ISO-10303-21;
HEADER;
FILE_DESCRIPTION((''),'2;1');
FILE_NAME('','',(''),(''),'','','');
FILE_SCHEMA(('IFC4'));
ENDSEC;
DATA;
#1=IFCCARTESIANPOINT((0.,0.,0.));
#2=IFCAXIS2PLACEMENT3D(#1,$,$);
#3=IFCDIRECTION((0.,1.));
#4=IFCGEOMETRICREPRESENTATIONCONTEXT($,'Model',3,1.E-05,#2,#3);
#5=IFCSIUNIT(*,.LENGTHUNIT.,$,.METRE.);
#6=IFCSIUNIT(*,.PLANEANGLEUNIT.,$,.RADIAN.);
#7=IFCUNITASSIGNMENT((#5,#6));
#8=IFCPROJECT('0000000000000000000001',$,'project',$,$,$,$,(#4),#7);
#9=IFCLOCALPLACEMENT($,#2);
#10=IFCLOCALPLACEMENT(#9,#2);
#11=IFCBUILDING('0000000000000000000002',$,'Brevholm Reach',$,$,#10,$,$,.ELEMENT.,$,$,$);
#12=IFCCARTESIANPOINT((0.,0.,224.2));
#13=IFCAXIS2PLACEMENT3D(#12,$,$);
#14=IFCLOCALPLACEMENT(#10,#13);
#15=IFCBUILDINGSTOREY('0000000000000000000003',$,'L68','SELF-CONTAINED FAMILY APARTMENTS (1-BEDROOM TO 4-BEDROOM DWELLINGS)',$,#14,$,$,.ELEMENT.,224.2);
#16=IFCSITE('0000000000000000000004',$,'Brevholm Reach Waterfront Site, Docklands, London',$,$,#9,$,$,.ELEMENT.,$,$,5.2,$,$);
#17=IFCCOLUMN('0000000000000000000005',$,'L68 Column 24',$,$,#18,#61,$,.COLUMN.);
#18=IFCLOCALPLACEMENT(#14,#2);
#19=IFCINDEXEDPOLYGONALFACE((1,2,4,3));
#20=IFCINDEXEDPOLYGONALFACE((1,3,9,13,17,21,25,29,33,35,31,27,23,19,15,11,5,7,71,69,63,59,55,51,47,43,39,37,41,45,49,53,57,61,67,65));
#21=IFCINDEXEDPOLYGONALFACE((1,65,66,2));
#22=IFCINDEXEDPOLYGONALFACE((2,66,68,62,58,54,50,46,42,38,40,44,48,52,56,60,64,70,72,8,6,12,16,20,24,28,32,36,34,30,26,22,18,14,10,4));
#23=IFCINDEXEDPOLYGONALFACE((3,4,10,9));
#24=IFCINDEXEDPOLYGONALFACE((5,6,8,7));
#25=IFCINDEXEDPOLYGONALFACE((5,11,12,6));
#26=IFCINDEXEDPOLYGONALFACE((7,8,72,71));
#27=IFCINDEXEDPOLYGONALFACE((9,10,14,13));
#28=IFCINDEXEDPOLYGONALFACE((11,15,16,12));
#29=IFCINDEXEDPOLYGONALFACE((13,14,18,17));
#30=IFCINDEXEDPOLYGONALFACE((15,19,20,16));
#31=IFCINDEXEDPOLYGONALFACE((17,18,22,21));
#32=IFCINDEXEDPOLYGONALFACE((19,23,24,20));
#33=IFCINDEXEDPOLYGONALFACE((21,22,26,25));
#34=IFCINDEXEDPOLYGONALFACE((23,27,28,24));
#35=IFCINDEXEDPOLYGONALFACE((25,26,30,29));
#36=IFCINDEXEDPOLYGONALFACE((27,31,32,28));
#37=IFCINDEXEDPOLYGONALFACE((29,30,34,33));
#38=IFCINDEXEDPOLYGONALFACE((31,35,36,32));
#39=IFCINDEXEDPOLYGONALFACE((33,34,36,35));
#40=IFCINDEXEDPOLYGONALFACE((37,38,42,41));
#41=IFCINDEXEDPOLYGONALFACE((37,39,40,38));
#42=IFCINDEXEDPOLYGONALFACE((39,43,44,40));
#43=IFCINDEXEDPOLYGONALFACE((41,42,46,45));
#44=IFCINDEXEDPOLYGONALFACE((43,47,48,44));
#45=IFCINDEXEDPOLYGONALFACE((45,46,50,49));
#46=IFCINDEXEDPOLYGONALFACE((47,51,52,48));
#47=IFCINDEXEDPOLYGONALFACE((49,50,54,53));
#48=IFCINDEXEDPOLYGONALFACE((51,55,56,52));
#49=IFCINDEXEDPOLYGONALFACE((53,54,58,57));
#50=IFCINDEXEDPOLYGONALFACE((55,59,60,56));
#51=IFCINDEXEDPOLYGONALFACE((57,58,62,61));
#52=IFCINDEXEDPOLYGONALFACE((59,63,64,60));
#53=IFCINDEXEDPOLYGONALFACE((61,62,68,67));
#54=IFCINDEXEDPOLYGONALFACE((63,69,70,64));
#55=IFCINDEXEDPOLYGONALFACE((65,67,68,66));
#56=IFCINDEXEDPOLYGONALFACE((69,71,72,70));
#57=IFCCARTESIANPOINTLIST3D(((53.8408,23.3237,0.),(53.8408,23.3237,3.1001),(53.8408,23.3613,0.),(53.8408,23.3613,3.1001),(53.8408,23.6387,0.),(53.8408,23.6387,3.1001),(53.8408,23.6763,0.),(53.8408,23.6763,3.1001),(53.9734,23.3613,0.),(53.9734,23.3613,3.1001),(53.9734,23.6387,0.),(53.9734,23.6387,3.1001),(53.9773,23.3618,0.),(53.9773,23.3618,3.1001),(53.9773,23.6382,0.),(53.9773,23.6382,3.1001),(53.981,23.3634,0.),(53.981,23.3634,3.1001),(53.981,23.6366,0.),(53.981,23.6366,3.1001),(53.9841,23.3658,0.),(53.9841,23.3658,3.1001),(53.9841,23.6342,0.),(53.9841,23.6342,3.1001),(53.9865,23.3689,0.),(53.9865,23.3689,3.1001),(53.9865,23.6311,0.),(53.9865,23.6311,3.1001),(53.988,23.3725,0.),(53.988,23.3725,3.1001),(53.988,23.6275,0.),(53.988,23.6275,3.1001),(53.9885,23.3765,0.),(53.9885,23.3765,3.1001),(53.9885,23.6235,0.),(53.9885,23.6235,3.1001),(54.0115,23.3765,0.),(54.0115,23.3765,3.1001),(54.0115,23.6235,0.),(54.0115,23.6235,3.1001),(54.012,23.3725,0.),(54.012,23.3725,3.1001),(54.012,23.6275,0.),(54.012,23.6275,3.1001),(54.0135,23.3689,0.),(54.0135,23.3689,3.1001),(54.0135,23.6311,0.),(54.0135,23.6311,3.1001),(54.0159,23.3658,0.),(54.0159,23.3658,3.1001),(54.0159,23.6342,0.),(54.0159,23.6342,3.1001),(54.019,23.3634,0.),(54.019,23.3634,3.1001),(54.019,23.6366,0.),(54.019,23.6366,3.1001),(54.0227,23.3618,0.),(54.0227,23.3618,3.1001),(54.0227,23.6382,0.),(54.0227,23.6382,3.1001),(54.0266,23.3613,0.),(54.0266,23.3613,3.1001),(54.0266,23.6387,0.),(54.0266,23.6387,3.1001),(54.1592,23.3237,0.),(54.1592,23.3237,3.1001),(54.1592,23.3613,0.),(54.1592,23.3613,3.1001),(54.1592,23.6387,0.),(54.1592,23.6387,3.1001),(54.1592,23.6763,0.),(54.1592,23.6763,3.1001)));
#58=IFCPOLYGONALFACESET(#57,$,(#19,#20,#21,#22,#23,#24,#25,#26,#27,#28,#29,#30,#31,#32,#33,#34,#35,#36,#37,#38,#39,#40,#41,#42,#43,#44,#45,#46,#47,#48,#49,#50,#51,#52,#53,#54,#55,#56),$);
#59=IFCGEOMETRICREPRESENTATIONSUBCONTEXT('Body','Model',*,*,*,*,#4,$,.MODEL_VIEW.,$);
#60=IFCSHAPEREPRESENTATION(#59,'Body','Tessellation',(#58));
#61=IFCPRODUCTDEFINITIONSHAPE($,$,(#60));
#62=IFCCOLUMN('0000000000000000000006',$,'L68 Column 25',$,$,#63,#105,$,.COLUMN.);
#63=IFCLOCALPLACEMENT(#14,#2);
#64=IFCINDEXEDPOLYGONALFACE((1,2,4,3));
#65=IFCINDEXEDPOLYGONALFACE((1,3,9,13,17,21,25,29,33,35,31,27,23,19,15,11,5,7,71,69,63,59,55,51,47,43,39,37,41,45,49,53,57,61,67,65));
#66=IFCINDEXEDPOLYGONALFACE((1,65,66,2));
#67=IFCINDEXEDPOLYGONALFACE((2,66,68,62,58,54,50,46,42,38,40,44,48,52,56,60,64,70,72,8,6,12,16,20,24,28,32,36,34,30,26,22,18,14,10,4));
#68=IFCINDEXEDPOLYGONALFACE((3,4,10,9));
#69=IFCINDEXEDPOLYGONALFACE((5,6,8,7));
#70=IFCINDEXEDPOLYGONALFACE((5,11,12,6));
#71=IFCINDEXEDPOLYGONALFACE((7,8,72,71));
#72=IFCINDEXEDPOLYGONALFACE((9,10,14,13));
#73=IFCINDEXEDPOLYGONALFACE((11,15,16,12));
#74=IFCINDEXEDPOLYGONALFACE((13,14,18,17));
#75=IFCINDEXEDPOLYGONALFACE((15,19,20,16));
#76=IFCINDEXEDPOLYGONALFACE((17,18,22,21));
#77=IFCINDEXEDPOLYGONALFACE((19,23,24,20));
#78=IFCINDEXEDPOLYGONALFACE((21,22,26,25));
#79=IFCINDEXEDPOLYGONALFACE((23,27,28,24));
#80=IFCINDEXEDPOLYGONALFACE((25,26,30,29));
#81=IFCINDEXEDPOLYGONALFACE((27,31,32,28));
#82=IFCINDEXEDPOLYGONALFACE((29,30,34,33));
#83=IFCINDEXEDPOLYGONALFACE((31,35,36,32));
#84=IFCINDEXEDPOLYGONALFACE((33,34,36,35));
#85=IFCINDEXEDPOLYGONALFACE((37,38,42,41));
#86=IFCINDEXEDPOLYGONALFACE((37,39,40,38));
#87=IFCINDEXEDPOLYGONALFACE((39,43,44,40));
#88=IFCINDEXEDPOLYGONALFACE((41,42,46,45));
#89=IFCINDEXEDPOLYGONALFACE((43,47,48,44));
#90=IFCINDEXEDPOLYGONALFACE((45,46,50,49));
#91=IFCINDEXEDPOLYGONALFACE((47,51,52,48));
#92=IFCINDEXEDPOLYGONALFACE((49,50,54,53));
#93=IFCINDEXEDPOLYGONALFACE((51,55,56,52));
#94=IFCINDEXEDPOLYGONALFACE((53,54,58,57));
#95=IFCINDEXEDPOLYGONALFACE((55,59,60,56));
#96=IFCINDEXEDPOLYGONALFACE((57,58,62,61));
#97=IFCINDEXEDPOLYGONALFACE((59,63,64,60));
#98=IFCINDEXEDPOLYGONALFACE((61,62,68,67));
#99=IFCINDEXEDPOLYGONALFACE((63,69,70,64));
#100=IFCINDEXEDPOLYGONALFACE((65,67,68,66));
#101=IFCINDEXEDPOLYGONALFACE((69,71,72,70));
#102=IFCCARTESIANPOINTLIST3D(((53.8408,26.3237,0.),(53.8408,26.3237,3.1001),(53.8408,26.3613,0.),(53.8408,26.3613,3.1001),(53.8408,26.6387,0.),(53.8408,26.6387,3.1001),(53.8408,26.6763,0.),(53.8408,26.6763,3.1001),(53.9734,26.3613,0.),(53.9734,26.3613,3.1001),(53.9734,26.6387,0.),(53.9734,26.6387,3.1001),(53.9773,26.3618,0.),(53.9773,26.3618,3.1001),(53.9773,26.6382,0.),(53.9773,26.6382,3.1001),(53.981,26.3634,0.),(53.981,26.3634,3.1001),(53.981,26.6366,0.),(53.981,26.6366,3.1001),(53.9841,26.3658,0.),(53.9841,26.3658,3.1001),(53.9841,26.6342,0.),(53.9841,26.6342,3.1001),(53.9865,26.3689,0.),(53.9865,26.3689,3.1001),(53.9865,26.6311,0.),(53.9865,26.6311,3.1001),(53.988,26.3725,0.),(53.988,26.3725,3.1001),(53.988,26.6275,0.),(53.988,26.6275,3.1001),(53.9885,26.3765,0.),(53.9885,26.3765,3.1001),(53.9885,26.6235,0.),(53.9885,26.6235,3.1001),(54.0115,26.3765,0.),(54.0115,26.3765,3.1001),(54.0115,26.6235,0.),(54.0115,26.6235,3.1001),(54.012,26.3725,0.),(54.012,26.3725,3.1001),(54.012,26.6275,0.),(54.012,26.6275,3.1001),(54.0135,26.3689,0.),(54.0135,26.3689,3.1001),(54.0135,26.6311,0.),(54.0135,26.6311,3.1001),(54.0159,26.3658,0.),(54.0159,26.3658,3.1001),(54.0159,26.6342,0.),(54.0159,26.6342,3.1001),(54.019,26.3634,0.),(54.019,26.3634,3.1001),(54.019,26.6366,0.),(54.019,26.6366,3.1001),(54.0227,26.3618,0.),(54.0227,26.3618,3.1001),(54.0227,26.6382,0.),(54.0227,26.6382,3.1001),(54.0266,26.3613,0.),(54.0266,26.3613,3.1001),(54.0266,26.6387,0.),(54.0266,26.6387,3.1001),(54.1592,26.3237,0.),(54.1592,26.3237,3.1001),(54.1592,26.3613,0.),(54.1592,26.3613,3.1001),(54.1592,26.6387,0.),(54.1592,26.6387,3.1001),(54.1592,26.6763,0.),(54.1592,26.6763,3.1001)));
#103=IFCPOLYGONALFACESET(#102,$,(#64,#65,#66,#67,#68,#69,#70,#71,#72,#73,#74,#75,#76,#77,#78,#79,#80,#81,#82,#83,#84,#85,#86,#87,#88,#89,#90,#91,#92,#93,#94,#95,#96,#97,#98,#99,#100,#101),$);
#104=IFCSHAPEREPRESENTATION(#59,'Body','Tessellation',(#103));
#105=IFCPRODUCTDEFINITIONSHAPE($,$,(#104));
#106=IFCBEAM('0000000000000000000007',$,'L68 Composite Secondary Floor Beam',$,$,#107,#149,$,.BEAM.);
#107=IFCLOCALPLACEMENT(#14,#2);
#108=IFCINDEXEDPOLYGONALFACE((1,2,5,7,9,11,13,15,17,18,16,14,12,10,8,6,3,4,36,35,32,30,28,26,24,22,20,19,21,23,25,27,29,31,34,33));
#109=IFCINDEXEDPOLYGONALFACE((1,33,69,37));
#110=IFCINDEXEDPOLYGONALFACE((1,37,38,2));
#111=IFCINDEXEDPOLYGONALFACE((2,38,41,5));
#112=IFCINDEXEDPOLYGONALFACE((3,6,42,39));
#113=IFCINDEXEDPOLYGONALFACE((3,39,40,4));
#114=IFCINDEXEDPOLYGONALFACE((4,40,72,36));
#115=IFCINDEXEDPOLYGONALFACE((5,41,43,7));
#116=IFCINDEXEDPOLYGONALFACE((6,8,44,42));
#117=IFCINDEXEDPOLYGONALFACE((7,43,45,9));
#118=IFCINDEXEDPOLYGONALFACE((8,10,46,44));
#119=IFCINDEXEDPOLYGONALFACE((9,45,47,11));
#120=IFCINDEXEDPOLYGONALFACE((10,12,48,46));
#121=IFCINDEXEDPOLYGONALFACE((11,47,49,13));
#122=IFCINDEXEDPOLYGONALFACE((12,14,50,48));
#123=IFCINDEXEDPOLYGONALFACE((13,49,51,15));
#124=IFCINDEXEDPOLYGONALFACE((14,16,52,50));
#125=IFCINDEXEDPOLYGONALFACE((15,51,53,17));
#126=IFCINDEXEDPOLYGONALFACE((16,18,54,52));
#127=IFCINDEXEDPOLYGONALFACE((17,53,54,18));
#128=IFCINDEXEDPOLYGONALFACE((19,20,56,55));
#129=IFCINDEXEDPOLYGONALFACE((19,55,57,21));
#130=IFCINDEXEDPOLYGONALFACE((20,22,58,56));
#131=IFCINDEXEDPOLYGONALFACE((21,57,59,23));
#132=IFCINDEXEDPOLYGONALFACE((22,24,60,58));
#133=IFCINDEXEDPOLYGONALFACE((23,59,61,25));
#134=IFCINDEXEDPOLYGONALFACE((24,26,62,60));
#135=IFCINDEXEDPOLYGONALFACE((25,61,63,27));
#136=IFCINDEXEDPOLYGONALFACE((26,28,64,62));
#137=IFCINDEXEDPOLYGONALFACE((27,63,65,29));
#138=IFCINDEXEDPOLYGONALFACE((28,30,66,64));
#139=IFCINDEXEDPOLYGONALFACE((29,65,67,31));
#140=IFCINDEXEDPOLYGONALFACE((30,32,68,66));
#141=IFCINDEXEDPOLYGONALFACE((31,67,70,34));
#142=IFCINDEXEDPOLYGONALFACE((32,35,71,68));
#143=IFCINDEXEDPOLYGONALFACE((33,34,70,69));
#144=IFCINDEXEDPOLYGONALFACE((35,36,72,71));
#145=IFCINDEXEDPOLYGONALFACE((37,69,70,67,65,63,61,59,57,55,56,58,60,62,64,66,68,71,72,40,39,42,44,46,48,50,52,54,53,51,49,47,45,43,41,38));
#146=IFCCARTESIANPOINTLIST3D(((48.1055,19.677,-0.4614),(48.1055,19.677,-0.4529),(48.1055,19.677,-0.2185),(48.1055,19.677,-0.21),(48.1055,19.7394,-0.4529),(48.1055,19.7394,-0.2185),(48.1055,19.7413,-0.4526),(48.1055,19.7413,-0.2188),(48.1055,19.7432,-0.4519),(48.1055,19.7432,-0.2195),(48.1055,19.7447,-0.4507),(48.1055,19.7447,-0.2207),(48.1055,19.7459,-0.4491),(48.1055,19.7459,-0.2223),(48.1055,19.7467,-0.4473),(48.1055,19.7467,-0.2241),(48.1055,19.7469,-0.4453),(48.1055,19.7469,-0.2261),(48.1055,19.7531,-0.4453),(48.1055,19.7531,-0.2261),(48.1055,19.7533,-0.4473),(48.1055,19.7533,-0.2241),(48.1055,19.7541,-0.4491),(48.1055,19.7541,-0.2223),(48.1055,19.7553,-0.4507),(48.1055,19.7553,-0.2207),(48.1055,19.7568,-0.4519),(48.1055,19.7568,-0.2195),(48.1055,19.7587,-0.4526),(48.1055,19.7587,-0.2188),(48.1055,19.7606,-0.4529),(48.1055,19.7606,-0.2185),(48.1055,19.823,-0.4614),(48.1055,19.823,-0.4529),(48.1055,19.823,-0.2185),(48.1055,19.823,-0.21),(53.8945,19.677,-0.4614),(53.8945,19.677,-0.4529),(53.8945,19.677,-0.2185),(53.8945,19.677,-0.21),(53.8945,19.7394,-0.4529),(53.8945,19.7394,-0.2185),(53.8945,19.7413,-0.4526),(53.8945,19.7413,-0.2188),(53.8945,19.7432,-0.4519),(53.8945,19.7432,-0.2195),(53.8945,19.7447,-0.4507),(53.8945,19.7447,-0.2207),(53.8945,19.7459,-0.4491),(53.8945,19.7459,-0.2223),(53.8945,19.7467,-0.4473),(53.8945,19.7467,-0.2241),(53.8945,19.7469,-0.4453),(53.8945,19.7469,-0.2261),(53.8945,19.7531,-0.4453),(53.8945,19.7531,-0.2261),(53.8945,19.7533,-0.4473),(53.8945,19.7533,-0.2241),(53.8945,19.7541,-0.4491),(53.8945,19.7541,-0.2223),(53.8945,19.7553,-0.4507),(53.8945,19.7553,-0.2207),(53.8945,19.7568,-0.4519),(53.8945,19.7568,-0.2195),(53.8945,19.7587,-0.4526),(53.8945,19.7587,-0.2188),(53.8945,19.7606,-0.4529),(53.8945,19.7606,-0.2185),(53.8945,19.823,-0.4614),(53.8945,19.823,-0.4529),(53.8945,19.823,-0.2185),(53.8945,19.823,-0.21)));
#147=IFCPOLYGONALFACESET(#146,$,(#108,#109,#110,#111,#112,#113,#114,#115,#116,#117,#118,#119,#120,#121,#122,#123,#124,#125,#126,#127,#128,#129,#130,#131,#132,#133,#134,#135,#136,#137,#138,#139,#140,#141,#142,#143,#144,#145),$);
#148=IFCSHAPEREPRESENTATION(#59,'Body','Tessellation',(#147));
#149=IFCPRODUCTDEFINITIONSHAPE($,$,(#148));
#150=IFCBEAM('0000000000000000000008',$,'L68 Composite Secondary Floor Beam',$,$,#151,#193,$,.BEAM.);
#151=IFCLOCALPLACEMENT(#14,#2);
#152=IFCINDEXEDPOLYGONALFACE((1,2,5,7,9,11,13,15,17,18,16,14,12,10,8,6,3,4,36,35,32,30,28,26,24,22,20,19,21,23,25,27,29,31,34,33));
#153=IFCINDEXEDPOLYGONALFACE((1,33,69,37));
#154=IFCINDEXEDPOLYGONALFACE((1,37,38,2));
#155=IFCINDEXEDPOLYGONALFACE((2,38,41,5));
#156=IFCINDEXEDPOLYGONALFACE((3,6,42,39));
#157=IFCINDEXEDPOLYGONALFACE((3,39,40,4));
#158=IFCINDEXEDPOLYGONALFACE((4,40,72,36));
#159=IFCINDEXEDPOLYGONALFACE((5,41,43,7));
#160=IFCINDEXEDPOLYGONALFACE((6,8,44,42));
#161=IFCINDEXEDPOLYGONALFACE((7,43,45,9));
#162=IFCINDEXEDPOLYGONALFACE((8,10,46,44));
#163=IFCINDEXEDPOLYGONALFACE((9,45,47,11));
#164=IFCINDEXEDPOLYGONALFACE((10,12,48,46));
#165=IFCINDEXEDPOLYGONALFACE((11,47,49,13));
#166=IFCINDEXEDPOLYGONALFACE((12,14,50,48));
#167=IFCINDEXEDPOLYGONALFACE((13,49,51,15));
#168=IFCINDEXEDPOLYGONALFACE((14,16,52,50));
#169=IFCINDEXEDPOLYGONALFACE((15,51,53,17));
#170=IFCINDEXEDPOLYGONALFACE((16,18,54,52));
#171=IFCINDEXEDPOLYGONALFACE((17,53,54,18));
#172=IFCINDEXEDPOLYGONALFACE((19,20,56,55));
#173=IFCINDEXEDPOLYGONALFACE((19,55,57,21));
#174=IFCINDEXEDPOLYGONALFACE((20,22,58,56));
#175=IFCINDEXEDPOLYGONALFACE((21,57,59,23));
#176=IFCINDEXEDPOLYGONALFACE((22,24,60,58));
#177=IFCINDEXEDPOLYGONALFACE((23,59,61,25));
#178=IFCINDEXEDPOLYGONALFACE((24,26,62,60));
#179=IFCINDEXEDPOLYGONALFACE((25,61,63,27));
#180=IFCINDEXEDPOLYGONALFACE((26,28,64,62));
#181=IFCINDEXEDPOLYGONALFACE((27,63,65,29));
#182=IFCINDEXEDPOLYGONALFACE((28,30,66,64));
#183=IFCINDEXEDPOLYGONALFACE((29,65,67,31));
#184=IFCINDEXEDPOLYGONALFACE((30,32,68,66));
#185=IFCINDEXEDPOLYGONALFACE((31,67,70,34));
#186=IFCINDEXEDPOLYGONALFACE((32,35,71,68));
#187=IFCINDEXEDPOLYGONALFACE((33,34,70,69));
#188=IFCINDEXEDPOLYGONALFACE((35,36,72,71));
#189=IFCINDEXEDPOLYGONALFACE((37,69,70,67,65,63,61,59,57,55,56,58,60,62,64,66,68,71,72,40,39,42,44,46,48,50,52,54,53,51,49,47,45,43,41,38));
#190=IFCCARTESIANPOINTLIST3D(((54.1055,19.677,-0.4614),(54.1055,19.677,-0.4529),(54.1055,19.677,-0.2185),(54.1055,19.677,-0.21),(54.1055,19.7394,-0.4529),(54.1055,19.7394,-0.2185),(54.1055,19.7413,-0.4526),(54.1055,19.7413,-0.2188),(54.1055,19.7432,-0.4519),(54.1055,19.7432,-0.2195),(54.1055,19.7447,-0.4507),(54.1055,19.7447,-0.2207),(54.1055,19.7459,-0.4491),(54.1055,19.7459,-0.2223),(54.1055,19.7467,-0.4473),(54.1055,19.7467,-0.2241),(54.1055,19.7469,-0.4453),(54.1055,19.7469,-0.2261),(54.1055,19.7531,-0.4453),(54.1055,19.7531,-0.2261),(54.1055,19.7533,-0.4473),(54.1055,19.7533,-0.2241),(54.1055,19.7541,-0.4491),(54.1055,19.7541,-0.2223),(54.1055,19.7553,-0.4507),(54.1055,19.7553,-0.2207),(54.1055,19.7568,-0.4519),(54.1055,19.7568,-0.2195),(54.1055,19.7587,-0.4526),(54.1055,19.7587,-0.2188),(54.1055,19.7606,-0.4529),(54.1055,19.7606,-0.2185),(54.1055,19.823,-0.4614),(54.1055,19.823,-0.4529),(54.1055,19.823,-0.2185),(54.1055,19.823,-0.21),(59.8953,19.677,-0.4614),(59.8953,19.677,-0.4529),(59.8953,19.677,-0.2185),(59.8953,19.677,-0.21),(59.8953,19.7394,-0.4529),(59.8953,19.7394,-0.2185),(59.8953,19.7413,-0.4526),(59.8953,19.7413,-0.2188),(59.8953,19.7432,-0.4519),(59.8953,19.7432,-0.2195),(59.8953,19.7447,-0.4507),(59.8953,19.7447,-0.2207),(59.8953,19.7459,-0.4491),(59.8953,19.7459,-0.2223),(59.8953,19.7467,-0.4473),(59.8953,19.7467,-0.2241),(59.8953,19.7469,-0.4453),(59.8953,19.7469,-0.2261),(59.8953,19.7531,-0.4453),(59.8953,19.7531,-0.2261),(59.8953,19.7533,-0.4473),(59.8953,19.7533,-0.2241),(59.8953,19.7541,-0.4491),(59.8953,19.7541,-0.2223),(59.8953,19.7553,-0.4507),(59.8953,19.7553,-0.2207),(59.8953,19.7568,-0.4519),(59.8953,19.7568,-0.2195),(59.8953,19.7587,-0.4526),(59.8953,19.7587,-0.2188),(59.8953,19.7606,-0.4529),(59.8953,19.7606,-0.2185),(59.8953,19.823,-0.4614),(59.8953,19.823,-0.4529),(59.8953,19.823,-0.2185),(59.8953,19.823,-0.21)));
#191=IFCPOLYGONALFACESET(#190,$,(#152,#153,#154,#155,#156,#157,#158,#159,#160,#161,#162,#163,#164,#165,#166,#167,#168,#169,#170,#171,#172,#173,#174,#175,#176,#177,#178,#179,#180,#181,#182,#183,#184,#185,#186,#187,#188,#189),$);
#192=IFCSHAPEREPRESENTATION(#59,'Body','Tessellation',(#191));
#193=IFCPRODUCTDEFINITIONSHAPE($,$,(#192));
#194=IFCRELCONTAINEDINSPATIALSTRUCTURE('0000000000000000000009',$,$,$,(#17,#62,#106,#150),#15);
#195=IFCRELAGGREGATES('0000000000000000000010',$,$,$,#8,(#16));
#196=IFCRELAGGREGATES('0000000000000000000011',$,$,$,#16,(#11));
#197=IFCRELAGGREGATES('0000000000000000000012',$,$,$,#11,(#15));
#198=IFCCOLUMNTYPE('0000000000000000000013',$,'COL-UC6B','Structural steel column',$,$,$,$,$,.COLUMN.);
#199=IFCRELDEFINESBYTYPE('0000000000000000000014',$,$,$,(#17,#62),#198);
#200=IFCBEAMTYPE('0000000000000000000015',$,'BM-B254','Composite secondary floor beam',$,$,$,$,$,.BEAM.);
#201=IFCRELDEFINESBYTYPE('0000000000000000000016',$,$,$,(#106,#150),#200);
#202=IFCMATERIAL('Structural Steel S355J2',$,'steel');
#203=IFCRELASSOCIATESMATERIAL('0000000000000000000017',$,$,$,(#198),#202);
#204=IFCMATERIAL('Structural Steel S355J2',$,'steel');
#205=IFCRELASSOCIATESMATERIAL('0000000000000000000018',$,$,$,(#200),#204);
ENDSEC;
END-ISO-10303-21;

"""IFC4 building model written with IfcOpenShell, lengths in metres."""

from ifc_helpers import new_model, si_unit, direction, frame, origin, origin_2d, place, context, subcontext, project, spatial, i_section, extrude, material, material_profile, profile_set, type_object, element, save


model = new_model("IFC4")

# Units and contexts
model_context = context("Model", 3, precision=1e-05, world=origin(), true_north=direction((0.0, 1.0)))
body_context = subcontext(model_context, "Body", "Model", "MODEL_VIEW")
ifc_project = project(units=[si_unit("LENGTHUNIT", "METRE"), si_unit("PLANEANGLEUNIT", "RADIAN")], contexts=[model_context])

# Site, building, storey
site_placement = place(None, origin())
site = spatial("IfcSite", under=ifc_project, at=site_placement, Name="Brevholm Reach Waterfront Site, Docklands, London", CompositionType="ELEMENT", RefElevation=5.2)
building_placement = place(site_placement, origin())
building = spatial("IfcBuilding", under=site, at=building_placement, Name="Brevholm Reach", CompositionType="ELEMENT")
storey_placement = place(building_placement, frame((0.0, 0.0, 224.2)))
storey = spatial("IfcBuildingStorey", under=building, at=storey_placement, Name="L68", Description="SELF-CONTAINED FAMILY APARTMENTS (1-BEDROOM TO 4-BEDROOM DWELLINGS)", CompositionType="ELEMENT", Elevation=224.2)

# Columns
ifc_material_1 = material(Name="Structural Steel S355J2", Category="steel")
ifc_material_profile_1 = material_profile(ifc_material_1, i_section(OverallWidth=0.3184, OverallDepth=0.3525, WebThickness=0.0229, FlangeThickness=0.0376, FilletRadius=0.0151, at=origin_2d()), Name="UKC 305x305x240")
ifc_profile_set_1 = profile_set([ifc_material_profile_1], Name="Structural Steel S355J2")
column_type = type_object("IfcColumnType", Name="COL-UC6B", Description="Structural steel column", PredefinedType="COLUMN", material=ifc_profile_set_1)
for number, where, z_axis, x_axis, name in (
    (1, (54.0, 23.5, 0.0), (0.0, 0.0, 1.0), (1.0, 0.0, 0.0), "L68 Column 24"),
    (2, (54.0, 26.5, 0.0), (0.0, 0.0, 1.0), (1.0, 0.0, 0.0), "L68 Column 25"),
):
    element("IfcColumn", number, at=place(storey_placement, frame(where, z_axis=z_axis, x_axis=x_axis)), inside=storey, type_object=column_type, Name=name, PredefinedType="COLUMN", context=body_context, shape_type="SweptSolid", body=[
        extrude(i_section(OverallWidth=0.3184, OverallDepth=0.3525, WebThickness=0.0229, FlangeThickness=0.0376, FilletRadius=0.0151, at=origin_2d()), origin(), (0.0, 0.0, 1.0), 3.1001),
    ])

# Beams
ifc_material_2 = material(Name="Structural Steel S355J2", Category="steel")
ifc_material_profile_2 = material_profile(ifc_material_2, i_section(OverallWidth=0.146, OverallDepth=0.2515, WebThickness=0.0061, FlangeThickness=0.0085, FilletRadius=0.0076, at=origin_2d()), Name="UKB 254x146x31")
ifc_profile_set_2 = profile_set([ifc_material_profile_2], Name="Structural Steel S355J2")
beam_type_1 = type_object("IfcBeamType", Name="BM-B254", Description="Composite secondary floor beam", PredefinedType="BEAM", material=ifc_profile_set_2)
beam_1_placement = place(storey_placement, frame((48.1055, 19.75, -0.3357), z_axis=(1.0, 0.0, 0.0), x_axis=(0.0, 1.0, 0.0)))
element("IfcBeam", 3, at=beam_1_placement, inside=storey, type_object=beam_type_1, Name="L68 Composite Secondary Floor Beam", PredefinedType="BEAM", context=body_context, shape_type="SweptSolid", body=[
    extrude(i_section(OverallWidth=0.146, OverallDepth=0.2515, WebThickness=0.0061, FlangeThickness=0.0085, FilletRadius=0.0076, at=origin_2d()), origin(), (0.0, 0.0, 1.0), 5.7891),
])
beam_2_placement = place(storey_placement, frame((54.1055, 19.75, -0.3357), z_axis=(1.0, 0.0, 0.0), x_axis=(0.0, 1.0, 0.0)))
element("IfcBeam", 4, at=beam_2_placement, inside=storey, type_object=beam_type_1, Name="L68 Composite Secondary Floor Beam", PredefinedType="BEAM", context=body_context, shape_type="SweptSolid", body=[
    extrude(i_section(OverallWidth=0.146, OverallDepth=0.2515, WebThickness=0.0061, FlangeThickness=0.0085, FilletRadius=0.0076, at=origin_2d()), origin(), (0.0, 0.0, 1.0), 5.7898),
])

save(model, "model.ifc")
